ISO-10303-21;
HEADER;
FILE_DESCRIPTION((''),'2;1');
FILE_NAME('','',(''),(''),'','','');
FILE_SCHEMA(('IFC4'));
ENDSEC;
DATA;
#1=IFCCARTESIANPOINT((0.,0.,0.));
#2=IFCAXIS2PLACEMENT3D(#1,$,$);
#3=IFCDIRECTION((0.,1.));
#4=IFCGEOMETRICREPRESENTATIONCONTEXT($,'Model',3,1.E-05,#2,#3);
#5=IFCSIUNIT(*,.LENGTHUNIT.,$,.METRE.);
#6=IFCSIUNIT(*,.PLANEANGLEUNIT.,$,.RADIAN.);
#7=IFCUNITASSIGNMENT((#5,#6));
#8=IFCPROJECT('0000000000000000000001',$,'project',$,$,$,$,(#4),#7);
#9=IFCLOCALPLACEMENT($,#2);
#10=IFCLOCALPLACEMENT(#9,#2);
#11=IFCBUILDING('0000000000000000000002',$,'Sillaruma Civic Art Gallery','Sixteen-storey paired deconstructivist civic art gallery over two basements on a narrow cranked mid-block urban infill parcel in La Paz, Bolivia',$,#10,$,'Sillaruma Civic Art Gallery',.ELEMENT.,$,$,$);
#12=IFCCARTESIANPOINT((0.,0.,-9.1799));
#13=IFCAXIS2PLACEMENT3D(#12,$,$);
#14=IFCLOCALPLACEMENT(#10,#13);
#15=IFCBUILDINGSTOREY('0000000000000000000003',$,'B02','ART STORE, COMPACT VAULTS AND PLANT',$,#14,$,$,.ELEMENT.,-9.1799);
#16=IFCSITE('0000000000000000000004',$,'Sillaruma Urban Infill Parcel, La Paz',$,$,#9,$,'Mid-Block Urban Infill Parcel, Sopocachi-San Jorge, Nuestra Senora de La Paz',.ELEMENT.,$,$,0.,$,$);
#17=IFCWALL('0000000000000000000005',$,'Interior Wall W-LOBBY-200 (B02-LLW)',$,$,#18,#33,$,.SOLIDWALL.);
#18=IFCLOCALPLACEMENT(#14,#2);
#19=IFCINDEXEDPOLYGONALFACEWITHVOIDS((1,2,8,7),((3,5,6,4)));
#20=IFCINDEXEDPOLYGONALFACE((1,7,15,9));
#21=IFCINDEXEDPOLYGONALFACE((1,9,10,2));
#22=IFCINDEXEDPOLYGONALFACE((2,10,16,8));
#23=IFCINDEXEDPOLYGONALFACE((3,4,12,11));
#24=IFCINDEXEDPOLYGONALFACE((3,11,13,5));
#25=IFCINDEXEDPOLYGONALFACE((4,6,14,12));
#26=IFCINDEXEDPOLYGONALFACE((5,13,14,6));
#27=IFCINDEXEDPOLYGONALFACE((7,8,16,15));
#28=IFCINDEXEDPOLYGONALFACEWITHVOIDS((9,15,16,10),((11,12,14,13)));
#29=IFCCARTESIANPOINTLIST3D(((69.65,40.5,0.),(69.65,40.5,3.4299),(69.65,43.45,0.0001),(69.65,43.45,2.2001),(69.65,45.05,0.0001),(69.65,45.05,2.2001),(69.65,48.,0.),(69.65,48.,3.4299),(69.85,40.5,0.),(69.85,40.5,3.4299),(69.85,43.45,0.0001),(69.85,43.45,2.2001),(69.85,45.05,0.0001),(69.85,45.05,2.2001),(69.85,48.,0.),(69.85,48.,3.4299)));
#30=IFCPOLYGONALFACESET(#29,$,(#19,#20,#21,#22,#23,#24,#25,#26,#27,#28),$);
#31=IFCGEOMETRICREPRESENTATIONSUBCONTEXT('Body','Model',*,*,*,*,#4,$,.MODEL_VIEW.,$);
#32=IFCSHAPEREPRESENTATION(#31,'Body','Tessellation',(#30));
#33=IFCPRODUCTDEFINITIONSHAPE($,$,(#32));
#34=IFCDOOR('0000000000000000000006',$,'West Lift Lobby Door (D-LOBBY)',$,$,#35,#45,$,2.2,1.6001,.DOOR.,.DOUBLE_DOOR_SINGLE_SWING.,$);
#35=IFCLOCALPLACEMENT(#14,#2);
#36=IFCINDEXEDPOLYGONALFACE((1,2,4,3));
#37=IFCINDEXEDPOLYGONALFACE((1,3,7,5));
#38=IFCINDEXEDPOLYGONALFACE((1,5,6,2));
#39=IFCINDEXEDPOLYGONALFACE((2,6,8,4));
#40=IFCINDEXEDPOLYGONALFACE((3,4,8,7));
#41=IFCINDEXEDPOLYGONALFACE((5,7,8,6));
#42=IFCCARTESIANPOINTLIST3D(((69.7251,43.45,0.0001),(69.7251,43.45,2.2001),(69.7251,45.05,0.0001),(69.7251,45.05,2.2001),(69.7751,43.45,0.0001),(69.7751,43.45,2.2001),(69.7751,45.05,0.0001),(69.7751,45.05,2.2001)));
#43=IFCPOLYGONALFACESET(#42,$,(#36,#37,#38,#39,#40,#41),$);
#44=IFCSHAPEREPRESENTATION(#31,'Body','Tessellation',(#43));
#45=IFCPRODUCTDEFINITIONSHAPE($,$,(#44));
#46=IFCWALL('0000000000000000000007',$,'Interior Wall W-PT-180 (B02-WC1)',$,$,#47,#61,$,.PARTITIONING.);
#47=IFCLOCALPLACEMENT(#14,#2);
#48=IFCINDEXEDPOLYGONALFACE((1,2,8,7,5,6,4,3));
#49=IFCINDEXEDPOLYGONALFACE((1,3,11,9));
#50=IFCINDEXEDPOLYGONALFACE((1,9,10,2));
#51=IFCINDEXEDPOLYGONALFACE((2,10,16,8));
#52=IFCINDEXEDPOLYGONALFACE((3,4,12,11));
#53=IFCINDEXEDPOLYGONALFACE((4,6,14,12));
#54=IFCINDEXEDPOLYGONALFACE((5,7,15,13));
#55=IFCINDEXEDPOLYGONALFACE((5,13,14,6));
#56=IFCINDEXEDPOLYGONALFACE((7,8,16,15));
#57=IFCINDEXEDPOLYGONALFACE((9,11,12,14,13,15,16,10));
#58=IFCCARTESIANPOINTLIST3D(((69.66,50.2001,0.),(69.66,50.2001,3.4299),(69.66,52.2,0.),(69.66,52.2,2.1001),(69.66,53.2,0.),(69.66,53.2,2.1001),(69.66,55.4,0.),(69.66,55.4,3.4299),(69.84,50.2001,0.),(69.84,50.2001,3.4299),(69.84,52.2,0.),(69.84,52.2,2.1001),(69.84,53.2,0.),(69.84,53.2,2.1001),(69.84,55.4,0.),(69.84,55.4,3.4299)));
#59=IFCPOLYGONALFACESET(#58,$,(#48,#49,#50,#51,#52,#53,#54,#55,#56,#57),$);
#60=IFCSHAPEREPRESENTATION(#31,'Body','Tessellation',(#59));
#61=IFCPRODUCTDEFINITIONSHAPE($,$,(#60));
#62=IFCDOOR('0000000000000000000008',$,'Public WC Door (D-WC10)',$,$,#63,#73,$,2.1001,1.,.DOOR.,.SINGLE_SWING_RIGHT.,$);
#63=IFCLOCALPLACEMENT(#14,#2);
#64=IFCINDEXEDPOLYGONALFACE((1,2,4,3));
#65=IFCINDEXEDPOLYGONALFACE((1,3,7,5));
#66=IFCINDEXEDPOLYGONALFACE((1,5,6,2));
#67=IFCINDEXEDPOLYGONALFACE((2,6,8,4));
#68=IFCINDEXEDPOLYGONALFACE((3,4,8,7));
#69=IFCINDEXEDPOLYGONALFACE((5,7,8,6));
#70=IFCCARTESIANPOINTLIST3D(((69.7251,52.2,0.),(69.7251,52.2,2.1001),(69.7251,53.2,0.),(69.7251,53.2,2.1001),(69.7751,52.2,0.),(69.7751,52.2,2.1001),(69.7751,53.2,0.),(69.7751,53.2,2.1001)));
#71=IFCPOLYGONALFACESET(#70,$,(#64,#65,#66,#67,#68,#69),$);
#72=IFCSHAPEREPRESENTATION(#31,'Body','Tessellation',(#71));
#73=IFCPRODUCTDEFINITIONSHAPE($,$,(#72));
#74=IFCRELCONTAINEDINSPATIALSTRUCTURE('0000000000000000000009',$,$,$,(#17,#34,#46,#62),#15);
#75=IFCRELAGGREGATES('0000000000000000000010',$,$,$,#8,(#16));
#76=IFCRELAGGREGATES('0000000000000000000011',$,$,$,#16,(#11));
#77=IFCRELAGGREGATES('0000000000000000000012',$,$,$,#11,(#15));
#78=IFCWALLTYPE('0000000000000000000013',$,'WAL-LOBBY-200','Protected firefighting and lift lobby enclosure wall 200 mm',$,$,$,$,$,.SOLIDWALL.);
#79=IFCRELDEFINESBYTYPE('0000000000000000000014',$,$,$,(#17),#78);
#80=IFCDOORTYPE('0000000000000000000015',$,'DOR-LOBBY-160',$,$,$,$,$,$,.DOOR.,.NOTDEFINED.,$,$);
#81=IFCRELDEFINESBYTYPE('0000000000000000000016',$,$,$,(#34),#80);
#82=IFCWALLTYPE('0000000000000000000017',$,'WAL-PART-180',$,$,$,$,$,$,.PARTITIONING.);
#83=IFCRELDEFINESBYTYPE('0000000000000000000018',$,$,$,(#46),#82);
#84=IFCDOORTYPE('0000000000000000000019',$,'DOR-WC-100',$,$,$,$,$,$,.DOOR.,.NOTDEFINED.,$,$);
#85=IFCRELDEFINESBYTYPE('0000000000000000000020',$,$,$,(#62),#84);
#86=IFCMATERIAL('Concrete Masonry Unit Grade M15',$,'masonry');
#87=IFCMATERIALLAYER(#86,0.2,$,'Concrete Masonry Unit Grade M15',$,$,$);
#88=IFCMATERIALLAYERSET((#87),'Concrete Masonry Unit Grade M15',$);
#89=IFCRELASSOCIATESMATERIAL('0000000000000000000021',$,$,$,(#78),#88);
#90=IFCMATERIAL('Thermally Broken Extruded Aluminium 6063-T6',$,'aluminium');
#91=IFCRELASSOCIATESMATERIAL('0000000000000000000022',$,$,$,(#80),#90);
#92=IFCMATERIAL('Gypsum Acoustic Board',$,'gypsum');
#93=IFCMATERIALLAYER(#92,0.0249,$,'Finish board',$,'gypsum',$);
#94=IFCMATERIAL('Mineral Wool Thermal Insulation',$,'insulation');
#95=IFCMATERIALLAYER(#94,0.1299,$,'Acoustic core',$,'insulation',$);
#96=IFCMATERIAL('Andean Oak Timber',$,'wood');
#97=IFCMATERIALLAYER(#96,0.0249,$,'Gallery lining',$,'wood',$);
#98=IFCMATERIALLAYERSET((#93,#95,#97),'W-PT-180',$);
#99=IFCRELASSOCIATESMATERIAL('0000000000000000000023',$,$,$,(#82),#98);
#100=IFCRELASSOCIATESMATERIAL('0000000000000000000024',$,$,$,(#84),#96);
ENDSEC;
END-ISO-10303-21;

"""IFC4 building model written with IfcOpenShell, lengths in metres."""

from ifc_helpers import new_model, si_unit, direction, frame, frame_2d, origin, place, context, subcontext, project, spatial, rectangle, extrude, material, layer, layer_set, type_object, element, fill, save


model = new_model("IFC4")

# Units and contexts
model_context = context("Model", 3, precision=1e-05, world=origin(), true_north=direction((0.0, 1.0)))
body_context = subcontext(model_context, "Body", "Model", "MODEL_VIEW")
ifc_project = project(units=[si_unit("LENGTHUNIT", "METRE"), si_unit("PLANEANGLEUNIT", "RADIAN")], contexts=[model_context])

# Site, building, storey
site_placement = place(None, origin())
site = spatial("IfcSite", under=ifc_project, at=site_placement, Name="Sillaruma Urban Infill Parcel, La Paz", LongName="Mid-Block Urban Infill Parcel, Sopocachi-San Jorge, Nuestra Senora de La Paz", CompositionType="ELEMENT", RefElevation=0.0)
building_placement = place(site_placement, origin())
building = spatial("IfcBuilding", under=site, at=building_placement, Name="Sillaruma Civic Art Gallery", Description="Sixteen-storey paired deconstructivist civic art gallery over two basements on a narrow cranked mid-block urban infill parcel in La Paz, Bolivia", LongName="Sillaruma Civic Art Gallery", CompositionType="ELEMENT")
storey_placement = place(building_placement, frame((0.0, 0.0, -9.1799)))
storey = spatial("IfcBuildingStorey", under=building, at=storey_placement, Name="B02", Description="ART STORE, COMPACT VAULTS AND PLANT", CompositionType="ELEMENT", Elevation=-9.1799)

# Shared definitions
ifc_material_1 = material(Name="Concrete Masonry Unit Grade M15", Category="masonry")
ifc_layer_1 = layer(ifc_material_1, 0.2, Name="Concrete Masonry Unit Grade M15")
ifc_layer_set_1 = layer_set([ifc_layer_1], Name="Concrete Masonry Unit Grade M15")
wall_type_1 = type_object("IfcWallType", Name="WAL-LOBBY-200", Description="Protected firefighting and lift lobby enclosure wall 200 mm", PredefinedType="SOLIDWALL", material=ifc_layer_set_1)

# Walls, openings, doors
wall_1_placement = place(storey_placement, frame((69.75, 40.5, 0.0), z_axis=(0.0, 0.0, 1.0), x_axis=(0.0, 1.0, 0.0)))
wall_1 = element("IfcWall", 1, at=wall_1_placement, inside=storey, type_object=wall_type_1, Name="Interior Wall W-LOBBY-200 (B02-LLW)", PredefinedType="SOLIDWALL", context=body_context, shape_type="SweptSolid", body=[
    extrude(rectangle(XDim=7.5, YDim=0.2, at=frame_2d((3.75, 0.0))), origin(), (0.0, 0.0, 1.0), 3.4299),
])
opening_1_placement = place(wall_1_placement, frame((2.95, 0.0, 0.0)))
opening_1 = element("IfcOpeningElement", 2, at=opening_1_placement, cuts=wall_1, PredefinedType="OPENING", context=body_context, shape_type="SweptSolid", body=[
    extrude(rectangle(XDim=1.6001, YDim=2.2, at=frame_2d((0.8, 1.1001))), frame((0.0, 0.1099, 0.0), z_axis=(0.0, -1.0, 0.0), x_axis=(1.0, 0.0, 0.0)), (0.0, 0.0, 1.0), 0.22),
])
ifc_material_2 = material(Name="Thermally Broken Extruded Aluminium 6063-T6", Category="aluminium")
door_type_1 = type_object("IfcDoorType", Name="DOR-LOBBY-160", OperationType="NOTDEFINED", PredefinedType="DOOR", material=ifc_material_2)
door_1_placement = place(opening_1_placement, origin())
door_1 = element("IfcDoor", 3, at=door_1_placement, inside=storey, type_object=door_type_1, Name="West Lift Lobby Door (D-LOBBY)", OperationType="DOUBLE_DOOR_SINGLE_SWING", OverallHeight=2.2, OverallWidth=1.6001, PredefinedType="DOOR", context=body_context, shape_type="SweptSolid", body=[
    extrude(rectangle(XDim=1.6001, YDim=2.2, at=frame_2d((0.8, 1.1001))), frame((0.0, 0.0249, 0.0), z_axis=(0.0, -1.0, 0.0), x_axis=(1.0, 0.0, 0.0)), (0.0, 0.0, 1.0), 0.05),
])
fill(opening_1, door_1)
ifc_material_3 = material(Name="Gypsum Acoustic Board", Category="gypsum")
ifc_material_4 = material(Name="Mineral Wool Thermal Insulation", Category="insulation")
ifc_material_5 = material(Name="Andean Oak Timber", Category="wood")
ifc_layer_2 = layer(ifc_material_3, 0.0249, Name="Finish board", Category="gypsum")
ifc_layer_3 = layer(ifc_material_4, 0.1299, Name="Acoustic core", Category="insulation")
ifc_layer_4 = layer(ifc_material_5, 0.0249, Name="Gallery lining", Category="wood")
ifc_layer_set_2 = layer_set([ifc_layer_2, ifc_layer_3, ifc_layer_4], Name="W-PT-180")
wall_type_2 = type_object("IfcWallType", Name="WAL-PART-180", PredefinedType="PARTITIONING", material=ifc_layer_set_2)
wall_2_placement = place(storey_placement, frame((69.75, 50.2, 0.0), z_axis=(0.0, 0.0, 1.0), x_axis=(0.0, 1.0, 0.0)))
wall_2 = element("IfcWall", 4, at=wall_2_placement, inside=storey, type_object=wall_type_2, Name="Interior Wall W-PT-180 (B02-WC1)", PredefinedType="PARTITIONING", context=body_context, shape_type="SweptSolid", body=[
    extrude(rectangle(XDim=5.2, YDim=0.1799, at=frame_2d((2.6001, 0.0))), origin(), (0.0, 0.0, 1.0), 3.4299),
])
opening_2_placement = place(wall_2_placement, frame((2.0, 0.0, 0.0)))
opening_2 = element("IfcOpeningElement", 5, at=opening_2_placement, cuts=wall_2, PredefinedType="OPENING", context=body_context, shape_type="SweptSolid", body=[
    extrude(rectangle(XDim=1.0, YDim=2.1001, at=frame_2d((0.5, 1.05))), frame((0.0, 0.0999, 0.0), z_axis=(0.0, -1.0, 0.0), x_axis=(1.0, 0.0, 0.0)), (0.0, 0.0, 1.0), 0.2),
])
door_type_2 = type_object("IfcDoorType", Name="DOR-WC-100", OperationType="NOTDEFINED", PredefinedType="DOOR", material=ifc_material_5)
door_2_placement = place(opening_2_placement, origin())
door_2 = element("IfcDoor", 6, at=door_2_placement, inside=storey, type_object=door_type_2, Name="Public WC Door (D-WC10)", OperationType="SINGLE_SWING_RIGHT", OverallHeight=2.1001, OverallWidth=1.0, PredefinedType="DOOR", context=body_context, shape_type="SweptSolid", body=[
    extrude(rectangle(XDim=1.0, YDim=2.1001, at=frame_2d((0.5, 1.05))), frame((0.0, 0.0249, 0.0), z_axis=(0.0, -1.0, 0.0), x_axis=(1.0, 0.0, 0.0)), (0.0, 0.0, 1.0), 0.05),
])
fill(opening_2, door_2)

save(model, "model.ifc")
